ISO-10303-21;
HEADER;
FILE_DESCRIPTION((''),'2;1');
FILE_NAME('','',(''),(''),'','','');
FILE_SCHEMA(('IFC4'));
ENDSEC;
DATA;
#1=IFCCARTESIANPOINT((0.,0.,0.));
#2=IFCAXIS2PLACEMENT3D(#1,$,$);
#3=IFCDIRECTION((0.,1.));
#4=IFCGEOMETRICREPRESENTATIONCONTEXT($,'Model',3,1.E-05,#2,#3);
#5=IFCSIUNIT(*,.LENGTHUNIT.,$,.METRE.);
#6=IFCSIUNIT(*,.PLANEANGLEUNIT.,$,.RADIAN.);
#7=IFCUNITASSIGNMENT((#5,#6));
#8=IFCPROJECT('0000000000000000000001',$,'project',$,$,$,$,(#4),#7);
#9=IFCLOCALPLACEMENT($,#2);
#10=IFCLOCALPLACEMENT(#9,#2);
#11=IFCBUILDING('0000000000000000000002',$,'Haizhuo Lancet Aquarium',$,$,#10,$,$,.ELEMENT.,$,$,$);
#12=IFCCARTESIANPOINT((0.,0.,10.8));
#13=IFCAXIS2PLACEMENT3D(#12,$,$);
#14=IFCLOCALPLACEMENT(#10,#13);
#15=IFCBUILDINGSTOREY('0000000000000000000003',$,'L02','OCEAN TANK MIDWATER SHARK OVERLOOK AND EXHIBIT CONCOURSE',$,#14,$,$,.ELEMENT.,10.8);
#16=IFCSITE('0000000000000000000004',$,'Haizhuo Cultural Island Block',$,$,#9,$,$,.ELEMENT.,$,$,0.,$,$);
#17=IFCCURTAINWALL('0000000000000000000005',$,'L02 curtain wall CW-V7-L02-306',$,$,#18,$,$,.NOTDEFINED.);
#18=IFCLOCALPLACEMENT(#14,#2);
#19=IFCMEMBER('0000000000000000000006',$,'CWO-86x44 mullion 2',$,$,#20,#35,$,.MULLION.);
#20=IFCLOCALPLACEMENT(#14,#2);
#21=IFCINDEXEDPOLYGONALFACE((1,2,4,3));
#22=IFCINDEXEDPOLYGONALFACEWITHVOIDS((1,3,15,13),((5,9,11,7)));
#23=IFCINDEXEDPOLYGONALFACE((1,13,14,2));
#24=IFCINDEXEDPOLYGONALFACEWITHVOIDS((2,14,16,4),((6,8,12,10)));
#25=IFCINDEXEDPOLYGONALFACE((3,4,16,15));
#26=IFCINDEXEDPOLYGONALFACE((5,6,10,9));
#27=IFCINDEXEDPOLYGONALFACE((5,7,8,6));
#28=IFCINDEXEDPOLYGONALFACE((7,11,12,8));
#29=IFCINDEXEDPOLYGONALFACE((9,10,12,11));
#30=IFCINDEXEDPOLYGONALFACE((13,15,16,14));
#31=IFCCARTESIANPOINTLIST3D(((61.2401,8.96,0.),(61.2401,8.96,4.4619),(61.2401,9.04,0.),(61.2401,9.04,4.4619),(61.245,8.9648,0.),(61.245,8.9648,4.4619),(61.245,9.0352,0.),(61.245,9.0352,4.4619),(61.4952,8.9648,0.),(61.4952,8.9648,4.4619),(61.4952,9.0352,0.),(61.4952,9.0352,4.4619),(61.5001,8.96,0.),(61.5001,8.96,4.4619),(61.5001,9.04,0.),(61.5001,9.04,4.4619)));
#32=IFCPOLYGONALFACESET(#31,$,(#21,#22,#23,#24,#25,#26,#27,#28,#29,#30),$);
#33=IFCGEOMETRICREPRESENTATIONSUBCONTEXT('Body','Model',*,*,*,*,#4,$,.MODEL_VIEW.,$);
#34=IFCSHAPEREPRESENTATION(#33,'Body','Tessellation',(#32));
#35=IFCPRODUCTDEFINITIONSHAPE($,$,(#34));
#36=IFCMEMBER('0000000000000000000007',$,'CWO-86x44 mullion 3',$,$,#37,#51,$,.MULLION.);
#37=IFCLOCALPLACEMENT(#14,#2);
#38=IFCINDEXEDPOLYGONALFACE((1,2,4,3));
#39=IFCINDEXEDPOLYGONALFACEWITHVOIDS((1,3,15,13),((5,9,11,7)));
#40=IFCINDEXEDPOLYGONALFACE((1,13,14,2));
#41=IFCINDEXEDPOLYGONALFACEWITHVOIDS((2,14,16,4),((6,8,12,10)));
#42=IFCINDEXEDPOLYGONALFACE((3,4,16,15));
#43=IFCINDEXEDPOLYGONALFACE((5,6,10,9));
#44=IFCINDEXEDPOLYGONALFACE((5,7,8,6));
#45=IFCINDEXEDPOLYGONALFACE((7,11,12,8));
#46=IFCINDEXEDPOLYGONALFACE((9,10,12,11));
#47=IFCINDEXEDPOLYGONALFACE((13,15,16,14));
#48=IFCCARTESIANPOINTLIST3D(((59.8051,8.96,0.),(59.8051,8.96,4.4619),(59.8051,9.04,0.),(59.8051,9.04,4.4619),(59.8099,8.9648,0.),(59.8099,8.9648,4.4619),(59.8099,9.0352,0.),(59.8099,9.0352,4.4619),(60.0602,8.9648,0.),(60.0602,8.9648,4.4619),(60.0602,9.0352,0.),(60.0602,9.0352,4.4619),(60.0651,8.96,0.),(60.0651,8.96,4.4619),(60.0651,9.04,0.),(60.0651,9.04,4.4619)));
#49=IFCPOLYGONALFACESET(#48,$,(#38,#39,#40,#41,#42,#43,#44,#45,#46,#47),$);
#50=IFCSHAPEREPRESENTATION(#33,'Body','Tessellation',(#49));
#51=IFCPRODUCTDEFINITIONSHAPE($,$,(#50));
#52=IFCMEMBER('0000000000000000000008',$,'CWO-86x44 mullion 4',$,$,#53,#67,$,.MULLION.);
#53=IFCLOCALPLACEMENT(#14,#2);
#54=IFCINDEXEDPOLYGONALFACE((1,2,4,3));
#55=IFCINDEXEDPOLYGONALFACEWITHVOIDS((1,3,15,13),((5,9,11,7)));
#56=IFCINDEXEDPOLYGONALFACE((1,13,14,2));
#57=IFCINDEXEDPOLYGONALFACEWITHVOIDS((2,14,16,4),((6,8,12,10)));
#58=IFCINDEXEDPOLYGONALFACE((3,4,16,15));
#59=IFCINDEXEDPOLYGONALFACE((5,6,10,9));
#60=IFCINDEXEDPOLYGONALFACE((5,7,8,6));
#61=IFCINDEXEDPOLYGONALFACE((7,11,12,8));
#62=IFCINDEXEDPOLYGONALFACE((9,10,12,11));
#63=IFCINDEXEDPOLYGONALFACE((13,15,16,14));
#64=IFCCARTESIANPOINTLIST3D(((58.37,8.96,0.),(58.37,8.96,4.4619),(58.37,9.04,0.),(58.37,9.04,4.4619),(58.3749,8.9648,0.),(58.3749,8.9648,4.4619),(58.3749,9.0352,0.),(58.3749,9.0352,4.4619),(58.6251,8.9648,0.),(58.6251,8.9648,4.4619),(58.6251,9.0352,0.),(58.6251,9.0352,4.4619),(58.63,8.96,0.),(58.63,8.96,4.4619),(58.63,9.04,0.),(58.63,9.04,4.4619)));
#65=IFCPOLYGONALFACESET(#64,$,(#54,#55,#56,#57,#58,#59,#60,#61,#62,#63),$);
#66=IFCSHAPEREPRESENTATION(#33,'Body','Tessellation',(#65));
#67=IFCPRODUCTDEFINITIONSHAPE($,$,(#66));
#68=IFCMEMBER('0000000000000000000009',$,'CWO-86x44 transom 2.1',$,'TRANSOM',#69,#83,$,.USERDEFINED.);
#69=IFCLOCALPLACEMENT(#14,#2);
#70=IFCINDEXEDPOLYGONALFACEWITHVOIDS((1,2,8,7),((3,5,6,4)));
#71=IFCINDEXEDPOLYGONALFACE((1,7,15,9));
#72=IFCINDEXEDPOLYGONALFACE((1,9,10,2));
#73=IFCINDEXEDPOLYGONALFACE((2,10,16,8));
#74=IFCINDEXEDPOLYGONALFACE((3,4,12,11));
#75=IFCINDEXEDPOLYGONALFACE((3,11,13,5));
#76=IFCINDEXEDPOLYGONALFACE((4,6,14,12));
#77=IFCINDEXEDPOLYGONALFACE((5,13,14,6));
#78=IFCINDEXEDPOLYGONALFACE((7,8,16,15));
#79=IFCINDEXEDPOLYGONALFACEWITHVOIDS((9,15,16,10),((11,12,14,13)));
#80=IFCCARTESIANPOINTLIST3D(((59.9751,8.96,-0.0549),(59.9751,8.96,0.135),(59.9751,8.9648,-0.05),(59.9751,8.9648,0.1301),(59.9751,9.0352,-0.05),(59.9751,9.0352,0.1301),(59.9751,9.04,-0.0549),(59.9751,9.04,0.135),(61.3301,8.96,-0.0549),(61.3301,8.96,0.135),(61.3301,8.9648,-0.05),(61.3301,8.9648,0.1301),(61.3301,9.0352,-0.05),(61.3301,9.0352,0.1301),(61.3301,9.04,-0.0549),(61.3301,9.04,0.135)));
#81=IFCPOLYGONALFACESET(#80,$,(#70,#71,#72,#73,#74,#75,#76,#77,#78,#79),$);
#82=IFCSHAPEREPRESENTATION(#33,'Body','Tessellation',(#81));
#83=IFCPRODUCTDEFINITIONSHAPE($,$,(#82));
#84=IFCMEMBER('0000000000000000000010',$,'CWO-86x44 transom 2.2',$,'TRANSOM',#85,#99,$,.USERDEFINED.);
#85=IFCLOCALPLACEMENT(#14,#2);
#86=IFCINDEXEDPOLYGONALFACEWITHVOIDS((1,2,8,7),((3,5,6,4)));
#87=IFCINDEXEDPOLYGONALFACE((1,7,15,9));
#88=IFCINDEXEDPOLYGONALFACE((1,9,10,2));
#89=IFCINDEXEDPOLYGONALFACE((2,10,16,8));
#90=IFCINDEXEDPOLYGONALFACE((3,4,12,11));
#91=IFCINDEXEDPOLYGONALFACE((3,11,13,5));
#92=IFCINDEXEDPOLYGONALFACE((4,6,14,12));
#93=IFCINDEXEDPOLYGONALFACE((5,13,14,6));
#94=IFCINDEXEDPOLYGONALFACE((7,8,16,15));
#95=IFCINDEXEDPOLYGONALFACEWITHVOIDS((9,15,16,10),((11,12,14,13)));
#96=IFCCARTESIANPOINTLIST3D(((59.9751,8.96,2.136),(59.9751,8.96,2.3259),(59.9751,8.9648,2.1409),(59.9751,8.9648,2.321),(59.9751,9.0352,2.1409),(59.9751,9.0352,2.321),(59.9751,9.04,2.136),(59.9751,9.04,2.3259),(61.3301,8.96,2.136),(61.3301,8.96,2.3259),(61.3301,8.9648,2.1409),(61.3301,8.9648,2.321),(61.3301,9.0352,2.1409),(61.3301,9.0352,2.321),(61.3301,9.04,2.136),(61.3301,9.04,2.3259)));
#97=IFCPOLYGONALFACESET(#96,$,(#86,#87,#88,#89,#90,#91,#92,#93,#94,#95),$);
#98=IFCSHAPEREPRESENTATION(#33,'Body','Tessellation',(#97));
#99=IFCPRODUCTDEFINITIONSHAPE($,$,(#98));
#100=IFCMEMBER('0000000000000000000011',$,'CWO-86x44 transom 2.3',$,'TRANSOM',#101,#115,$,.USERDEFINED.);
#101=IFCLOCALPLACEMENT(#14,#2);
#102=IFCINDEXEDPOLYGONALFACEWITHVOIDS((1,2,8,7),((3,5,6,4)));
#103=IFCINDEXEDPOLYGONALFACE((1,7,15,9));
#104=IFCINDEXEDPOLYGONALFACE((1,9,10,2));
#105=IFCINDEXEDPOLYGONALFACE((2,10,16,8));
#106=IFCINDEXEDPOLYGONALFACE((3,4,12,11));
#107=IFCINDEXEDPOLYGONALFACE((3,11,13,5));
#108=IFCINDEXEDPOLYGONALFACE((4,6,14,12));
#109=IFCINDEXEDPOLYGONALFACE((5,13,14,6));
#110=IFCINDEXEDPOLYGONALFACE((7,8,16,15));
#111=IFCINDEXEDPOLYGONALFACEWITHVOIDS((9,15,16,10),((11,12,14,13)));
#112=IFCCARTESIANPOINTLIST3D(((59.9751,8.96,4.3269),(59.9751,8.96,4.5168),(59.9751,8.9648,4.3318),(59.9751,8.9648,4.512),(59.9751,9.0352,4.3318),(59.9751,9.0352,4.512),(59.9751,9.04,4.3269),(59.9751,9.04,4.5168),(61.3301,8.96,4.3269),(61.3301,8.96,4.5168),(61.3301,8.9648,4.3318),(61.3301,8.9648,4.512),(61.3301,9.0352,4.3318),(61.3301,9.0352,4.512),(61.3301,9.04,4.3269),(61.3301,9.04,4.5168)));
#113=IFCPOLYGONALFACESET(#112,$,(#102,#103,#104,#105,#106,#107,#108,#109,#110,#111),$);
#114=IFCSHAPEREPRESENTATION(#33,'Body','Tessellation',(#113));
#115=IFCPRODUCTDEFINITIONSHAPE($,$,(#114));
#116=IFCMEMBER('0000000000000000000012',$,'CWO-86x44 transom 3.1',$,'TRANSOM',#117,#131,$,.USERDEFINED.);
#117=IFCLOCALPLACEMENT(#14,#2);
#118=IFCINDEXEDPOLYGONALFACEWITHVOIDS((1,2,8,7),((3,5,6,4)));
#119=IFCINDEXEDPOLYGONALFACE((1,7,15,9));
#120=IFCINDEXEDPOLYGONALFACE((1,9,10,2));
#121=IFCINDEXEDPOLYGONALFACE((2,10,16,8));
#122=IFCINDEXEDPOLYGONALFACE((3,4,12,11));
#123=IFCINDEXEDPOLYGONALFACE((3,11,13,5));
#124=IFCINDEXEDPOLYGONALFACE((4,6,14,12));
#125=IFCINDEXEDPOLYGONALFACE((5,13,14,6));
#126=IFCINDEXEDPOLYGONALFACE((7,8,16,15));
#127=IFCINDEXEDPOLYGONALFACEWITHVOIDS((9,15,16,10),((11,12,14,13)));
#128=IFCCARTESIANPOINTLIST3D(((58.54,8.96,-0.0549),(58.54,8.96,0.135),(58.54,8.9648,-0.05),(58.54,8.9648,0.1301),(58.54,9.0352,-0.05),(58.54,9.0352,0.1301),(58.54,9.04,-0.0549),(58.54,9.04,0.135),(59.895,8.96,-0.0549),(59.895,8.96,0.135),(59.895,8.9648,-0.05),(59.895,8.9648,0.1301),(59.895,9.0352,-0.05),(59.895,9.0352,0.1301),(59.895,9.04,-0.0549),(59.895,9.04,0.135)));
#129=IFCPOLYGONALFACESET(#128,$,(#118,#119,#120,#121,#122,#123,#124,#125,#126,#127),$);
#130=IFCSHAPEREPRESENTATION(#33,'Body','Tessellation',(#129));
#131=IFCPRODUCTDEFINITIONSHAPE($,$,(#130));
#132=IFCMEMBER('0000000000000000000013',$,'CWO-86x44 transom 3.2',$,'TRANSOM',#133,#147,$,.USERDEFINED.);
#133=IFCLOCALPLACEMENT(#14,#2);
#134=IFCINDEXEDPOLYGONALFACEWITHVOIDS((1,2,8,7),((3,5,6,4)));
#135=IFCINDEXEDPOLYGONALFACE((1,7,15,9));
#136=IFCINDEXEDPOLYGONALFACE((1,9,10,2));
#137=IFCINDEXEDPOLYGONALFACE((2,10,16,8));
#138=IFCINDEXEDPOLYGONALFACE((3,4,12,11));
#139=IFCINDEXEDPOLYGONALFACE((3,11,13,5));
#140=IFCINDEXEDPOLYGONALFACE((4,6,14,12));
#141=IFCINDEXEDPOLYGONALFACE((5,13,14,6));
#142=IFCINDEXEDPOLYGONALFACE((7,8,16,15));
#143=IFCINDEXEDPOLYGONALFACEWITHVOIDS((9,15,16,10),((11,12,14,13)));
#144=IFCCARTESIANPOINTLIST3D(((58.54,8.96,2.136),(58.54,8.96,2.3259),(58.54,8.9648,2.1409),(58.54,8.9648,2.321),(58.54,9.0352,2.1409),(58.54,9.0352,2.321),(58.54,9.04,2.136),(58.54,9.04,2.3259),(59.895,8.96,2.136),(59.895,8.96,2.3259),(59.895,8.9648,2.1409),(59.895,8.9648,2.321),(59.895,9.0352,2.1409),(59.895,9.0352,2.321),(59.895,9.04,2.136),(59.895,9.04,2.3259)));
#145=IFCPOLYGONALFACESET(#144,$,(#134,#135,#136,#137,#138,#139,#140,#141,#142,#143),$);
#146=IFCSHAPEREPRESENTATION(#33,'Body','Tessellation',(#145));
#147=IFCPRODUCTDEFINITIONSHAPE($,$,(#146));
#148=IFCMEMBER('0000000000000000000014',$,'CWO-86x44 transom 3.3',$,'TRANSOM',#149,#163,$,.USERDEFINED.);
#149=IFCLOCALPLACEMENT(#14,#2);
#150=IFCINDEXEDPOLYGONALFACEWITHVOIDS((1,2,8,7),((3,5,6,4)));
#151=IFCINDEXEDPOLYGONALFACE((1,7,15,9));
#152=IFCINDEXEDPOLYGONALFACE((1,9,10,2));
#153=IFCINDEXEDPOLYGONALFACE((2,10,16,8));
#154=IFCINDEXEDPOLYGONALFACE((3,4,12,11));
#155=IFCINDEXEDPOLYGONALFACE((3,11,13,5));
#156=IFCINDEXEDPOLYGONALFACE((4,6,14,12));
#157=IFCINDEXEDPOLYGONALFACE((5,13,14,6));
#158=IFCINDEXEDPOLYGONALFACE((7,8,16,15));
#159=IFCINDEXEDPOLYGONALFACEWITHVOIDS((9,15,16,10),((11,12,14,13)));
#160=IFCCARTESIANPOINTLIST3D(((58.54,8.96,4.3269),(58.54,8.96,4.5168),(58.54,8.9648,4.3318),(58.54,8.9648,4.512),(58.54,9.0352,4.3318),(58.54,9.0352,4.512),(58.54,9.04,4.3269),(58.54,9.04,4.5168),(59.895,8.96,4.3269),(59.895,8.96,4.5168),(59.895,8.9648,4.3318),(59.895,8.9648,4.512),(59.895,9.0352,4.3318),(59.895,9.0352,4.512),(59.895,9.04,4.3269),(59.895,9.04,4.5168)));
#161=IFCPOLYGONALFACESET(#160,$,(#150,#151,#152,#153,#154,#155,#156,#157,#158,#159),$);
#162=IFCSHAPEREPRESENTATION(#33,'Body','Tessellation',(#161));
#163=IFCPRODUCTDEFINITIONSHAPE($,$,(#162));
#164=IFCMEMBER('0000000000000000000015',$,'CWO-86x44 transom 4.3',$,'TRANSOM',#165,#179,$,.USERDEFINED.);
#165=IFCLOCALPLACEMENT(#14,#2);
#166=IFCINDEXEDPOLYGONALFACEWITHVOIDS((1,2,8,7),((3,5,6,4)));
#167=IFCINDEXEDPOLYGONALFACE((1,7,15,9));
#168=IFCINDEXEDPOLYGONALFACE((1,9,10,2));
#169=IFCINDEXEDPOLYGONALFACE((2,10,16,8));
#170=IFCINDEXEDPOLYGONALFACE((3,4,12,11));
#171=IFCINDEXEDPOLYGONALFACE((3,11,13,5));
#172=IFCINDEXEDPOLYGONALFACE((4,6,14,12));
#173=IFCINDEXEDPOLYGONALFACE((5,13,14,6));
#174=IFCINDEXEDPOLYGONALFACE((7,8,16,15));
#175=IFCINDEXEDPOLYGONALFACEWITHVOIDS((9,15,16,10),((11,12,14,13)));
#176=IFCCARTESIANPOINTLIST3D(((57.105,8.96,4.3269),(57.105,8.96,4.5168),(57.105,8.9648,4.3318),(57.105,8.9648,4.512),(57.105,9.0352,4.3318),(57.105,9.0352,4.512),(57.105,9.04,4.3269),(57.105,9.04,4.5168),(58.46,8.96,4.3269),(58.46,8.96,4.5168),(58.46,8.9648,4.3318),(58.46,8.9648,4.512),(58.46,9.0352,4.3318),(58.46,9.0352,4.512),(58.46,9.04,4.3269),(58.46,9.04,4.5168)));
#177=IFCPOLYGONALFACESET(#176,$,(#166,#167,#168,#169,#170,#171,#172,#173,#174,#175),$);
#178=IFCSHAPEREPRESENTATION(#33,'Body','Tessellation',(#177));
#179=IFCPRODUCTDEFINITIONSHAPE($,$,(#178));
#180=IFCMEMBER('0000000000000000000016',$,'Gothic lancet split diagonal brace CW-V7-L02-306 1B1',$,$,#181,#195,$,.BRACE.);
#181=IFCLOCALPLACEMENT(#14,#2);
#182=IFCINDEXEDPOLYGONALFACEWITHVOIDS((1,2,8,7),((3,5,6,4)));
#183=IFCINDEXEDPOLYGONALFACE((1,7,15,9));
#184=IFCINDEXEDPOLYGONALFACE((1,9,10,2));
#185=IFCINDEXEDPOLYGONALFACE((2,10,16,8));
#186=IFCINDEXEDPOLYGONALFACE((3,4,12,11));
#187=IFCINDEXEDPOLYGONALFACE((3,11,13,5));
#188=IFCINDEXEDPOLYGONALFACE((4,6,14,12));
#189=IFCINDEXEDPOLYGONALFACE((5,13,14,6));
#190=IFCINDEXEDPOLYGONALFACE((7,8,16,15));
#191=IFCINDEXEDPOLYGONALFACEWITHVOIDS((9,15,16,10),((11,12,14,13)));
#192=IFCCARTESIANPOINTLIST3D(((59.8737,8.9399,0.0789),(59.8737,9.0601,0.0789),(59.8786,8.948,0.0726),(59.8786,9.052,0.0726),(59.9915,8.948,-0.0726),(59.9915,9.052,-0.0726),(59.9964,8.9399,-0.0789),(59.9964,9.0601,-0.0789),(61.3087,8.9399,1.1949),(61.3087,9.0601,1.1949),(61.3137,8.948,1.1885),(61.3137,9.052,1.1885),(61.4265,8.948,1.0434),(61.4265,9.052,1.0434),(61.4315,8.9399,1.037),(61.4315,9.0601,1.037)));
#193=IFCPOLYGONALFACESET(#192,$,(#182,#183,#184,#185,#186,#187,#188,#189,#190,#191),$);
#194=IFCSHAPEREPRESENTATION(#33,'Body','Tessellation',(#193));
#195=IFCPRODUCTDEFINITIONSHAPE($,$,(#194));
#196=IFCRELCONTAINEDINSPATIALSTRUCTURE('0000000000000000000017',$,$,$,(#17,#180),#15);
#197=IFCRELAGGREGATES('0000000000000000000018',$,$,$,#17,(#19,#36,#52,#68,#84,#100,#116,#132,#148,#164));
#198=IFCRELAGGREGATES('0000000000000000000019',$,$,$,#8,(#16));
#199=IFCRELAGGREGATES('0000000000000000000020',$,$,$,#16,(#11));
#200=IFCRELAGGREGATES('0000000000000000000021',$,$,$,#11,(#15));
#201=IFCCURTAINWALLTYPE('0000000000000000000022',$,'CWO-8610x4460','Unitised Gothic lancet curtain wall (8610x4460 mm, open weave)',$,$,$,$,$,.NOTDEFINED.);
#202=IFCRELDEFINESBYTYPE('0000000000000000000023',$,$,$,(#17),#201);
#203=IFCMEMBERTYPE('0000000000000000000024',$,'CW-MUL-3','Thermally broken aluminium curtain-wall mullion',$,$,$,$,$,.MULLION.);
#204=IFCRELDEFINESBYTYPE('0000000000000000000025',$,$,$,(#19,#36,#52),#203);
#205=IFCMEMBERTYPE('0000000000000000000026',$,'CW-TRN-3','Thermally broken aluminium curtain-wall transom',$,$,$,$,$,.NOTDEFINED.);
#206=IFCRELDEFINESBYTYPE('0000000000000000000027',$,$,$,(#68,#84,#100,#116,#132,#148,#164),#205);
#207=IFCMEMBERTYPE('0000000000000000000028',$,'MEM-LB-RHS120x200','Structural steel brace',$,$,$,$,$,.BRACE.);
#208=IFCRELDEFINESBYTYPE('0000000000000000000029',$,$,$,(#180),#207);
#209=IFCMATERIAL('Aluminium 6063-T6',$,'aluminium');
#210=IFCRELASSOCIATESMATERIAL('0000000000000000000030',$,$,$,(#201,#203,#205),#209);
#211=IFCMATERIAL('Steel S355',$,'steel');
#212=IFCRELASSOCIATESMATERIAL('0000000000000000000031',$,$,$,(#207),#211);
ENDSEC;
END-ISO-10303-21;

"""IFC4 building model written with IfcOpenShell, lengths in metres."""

from ifc_helpers import new_model, si_unit, direction, frame, origin, origin_2d, place, context, subcontext, project, spatial, hollow_rectangle, extrude, material, material_profile, profile_set, type_object, element, aggregate, save


model = new_model("IFC4")

# Units and contexts
model_context = context("Model", 3, precision=1e-05, world=origin(), true_north=direction((0.0, 1.0)))
body_context = subcontext(model_context, "Body", "Model", "MODEL_VIEW")
ifc_project = project(units=[si_unit("LENGTHUNIT", "METRE"), si_unit("PLANEANGLEUNIT", "RADIAN")], contexts=[model_context])

# Site, building, storey
site_placement = place(None, origin())
site = spatial("IfcSite", under=ifc_project, at=site_placement, Name="Haizhuo Cultural Island Block", CompositionType="ELEMENT", RefElevation=0.0)
building_placement = place(site_placement, origin())
building = spatial("IfcBuilding", under=site, at=building_placement, Name="Haizhuo Lancet Aquarium", CompositionType="ELEMENT")
storey_placement = place(building_placement, frame((0.0, 0.0, 10.8)))
storey = spatial("IfcBuildingStorey", under=building, at=storey_placement, Name="L02", Description="OCEAN TANK MIDWATER SHARK OVERLOOK AND EXHIBIT CONCOURSE", CompositionType="ELEMENT", Elevation=10.8)

# Curtain wall, members
ifc_material_1 = material(Name="Aluminium 6063-T6", Category="aluminium")
curtain_wall_type = type_object("IfcCurtainWallType", Name="CWO-8610x4460", Description="Unitised Gothic lancet curtain wall (8610x4460 mm, open weave)", PredefinedType="NOTDEFINED", material=ifc_material_1)
curtain_wall_placement = place(storey_placement, origin())
curtain_wall = element("IfcCurtainWall", 1, at=curtain_wall_placement, inside=storey, type_object=curtain_wall_type, Name="L02 curtain wall CW-V7-L02-306", PredefinedType="NOTDEFINED")
ifc_material_profile_1 = material_profile(ifc_material_1, hollow_rectangle(XDim=0.0801, YDim=0.26, WallThickness=0.0049, at=origin_2d()), Name="ALU-M 80x260x5")
ifc_profile_set_1 = profile_set([ifc_material_profile_1], Name="Aluminium 6063-T6")
member_type_1 = type_object("IfcMemberType", Name="CW-MUL-3", Description="Thermally broken aluminium curtain-wall mullion", PredefinedType="MULLION", material=ifc_profile_set_1)
member_1_placement = place(storey_placement, frame((61.3701, 9.0, 0.0), z_axis=(0.0, 0.0, 1.0), x_axis=(0.0, -1.0, 0.0)))
member_1 = element("IfcMember", 2, at=member_1_placement, type_object=member_type_1, Name="CWO-86x44 mullion 2", PredefinedType="MULLION", context=body_context, shape_type="SweptSolid", body=[
    extrude(hollow_rectangle(XDim=0.0801, YDim=0.26, WallThickness=0.0049, at=origin_2d()), origin(), (0.0, 0.0, 1.0), 4.4619),
])
member_2_placement = place(storey_placement, frame((59.9351, 9.0, 0.0), z_axis=(0.0, 0.0, 1.0), x_axis=(0.0, -1.0, 0.0)))
member_2 = element("IfcMember", 3, at=member_2_placement, type_object=member_type_1, Name="CWO-86x44 mullion 3", PredefinedType="MULLION", context=body_context, shape_type="SweptSolid", body=[
    extrude(hollow_rectangle(XDim=0.0801, YDim=0.26, WallThickness=0.0049, at=origin_2d()), origin(), (0.0, 0.0, 1.0), 4.4619),
])
member_3_placement = place(storey_placement, frame((58.5, 9.0, 0.0), z_axis=(0.0, 0.0, 1.0), x_axis=(0.0, -1.0, 0.0)))
member_3 = element("IfcMember", 4, at=member_3_placement, type_object=member_type_1, Name="CWO-86x44 mullion 4", PredefinedType="MULLION", context=body_context, shape_type="SweptSolid", body=[
    extrude(hollow_rectangle(XDim=0.0801, YDim=0.26, WallThickness=0.0049, at=origin_2d()), origin(), (0.0, 0.0, 1.0), 4.4619),
])
ifc_material_profile_2 = material_profile(ifc_material_1, hollow_rectangle(XDim=0.0801, YDim=0.1899, WallThickness=0.0049, at=origin_2d()), Name="ALU-T 80x190x5")
ifc_profile_set_2 = profile_set([ifc_material_profile_2], Name="Aluminium 6063-T6")
member_type_2 = type_object("IfcMemberType", Name="CW-TRN-3", Description="Thermally broken aluminium curtain-wall transom", PredefinedType="NOTDEFINED", material=ifc_profile_set_2)
member_4_placement = place(storey_placement, frame((61.3301, 9.0, 0.04), z_axis=(-1.0, 0.0, 0.0), x_axis=(0.0, -1.0, 0.0)))
member_4 = element("IfcMember", 5, at=member_4_placement, type_object=member_type_2, Name="CWO-86x44 transom 2.1", ObjectType="TRANSOM", PredefinedType="USERDEFINED", context=body_context, shape_type="SweptSolid", body=[
    extrude(hollow_rectangle(XDim=0.0801, YDim=0.1899, WallThickness=0.0049, at=origin_2d()), origin(), (0.0, 0.0, 1.0), 1.355),
])
member_5_placement = place(storey_placement, frame((61.3301, 9.0, 2.231), z_axis=(-1.0, 0.0, 0.0), x_axis=(0.0, -1.0, 0.0)))
member_5 = element("IfcMember", 6, at=member_5_placement, type_object=member_type_2, Name="CWO-86x44 transom 2.2", ObjectType="TRANSOM", PredefinedType="USERDEFINED", context=body_context, shape_type="SweptSolid", body=[
    extrude(hollow_rectangle(XDim=0.0801, YDim=0.1899, WallThickness=0.0049, at=origin_2d()), origin(), (0.0, 0.0, 1.0), 1.355),
])
member_6_placement = place(storey_placement, frame((61.3301, 9.0, 4.4219), z_axis=(-1.0, 0.0, 0.0), x_axis=(0.0, -1.0, 0.0)))
member_6 = element("IfcMember", 7, at=member_6_placement, type_object=member_type_2, Name="CWO-86x44 transom 2.3", ObjectType="TRANSOM", PredefinedType="USERDEFINED", context=body_context, shape_type="SweptSolid", body=[
    extrude(hollow_rectangle(XDim=0.0801, YDim=0.1899, WallThickness=0.0049, at=origin_2d()), origin(), (0.0, 0.0, 1.0), 1.355),
])
member_7_placement = place(storey_placement, frame((59.895, 9.0, 0.04), z_axis=(-1.0, 0.0, 0.0), x_axis=(0.0, -1.0, 0.0)))
member_7 = element("IfcMember", 8, at=member_7_placement, type_object=member_type_2, Name="CWO-86x44 transom 3.1", ObjectType="TRANSOM", PredefinedType="USERDEFINED", context=body_context, shape_type="SweptSolid", body=[
    extrude(hollow_rectangle(XDim=0.0801, YDim=0.1899, WallThickness=0.0049, at=origin_2d()), origin(), (0.0, 0.0, 1.0), 1.355),
])
member_8_placement = place(storey_placement, frame((59.895, 9.0, 2.231), z_axis=(-1.0, 0.0, 0.0), x_axis=(0.0, -1.0, 0.0)))
member_8 = element("IfcMember", 9, at=member_8_placement, type_object=member_type_2, Name="CWO-86x44 transom 3.2", ObjectType="TRANSOM", PredefinedType="USERDEFINED", context=body_context, shape_type="SweptSolid", body=[
    extrude(hollow_rectangle(XDim=0.0801, YDim=0.1899, WallThickness=0.0049, at=origin_2d()), origin(), (0.0, 0.0, 1.0), 1.355),
])
member_9_placement = place(storey_placement, frame((59.895, 9.0, 4.4219), z_axis=(-1.0, 0.0, 0.0), x_axis=(0.0, -1.0, 0.0)))
member_9 = element("IfcMember", 10, at=member_9_placement, type_object=member_type_2, Name="CWO-86x44 transom 3.3", ObjectType="TRANSOM", PredefinedType="USERDEFINED", context=body_context, shape_type="SweptSolid", body=[
    extrude(hollow_rectangle(XDim=0.0801, YDim=0.1899, WallThickness=0.0049, at=origin_2d()), origin(), (0.0, 0.0, 1.0), 1.355),
])
member_10_placement = place(storey_placement, frame((58.46, 9.0, 4.4219), z_axis=(-1.0, 0.0, 0.0), x_axis=(0.0, -1.0, 0.0)))
member_10 = element("IfcMember", 11, at=member_10_placement, type_object=member_type_2, Name="CWO-86x44 transom 4.3", ObjectType="TRANSOM", PredefinedType="USERDEFINED", context=body_context, shape_type="SweptSolid", body=[
    extrude(hollow_rectangle(XDim=0.0801, YDim=0.1899, WallThickness=0.0049, at=origin_2d()), origin(), (0.0, 0.0, 1.0), 1.355),
])

# Member
ifc_material_2 = material(Name="Steel S355", Category="steel")
ifc_material_profile_3 = material_profile(ifc_material_2, hollow_rectangle(XDim=0.1201, YDim=0.2, WallThickness=0.0081, at=origin_2d()), Name="RHS 120x200x8")
ifc_profile_set_3 = profile_set([ifc_material_profile_3], Name="Steel S355")
member_type_3 = type_object("IfcMemberType", Name="MEM-LB-RHS120x200", Description="Structural steel brace", PredefinedType="BRACE", material=ifc_profile_set_3)
member_11_placement = place(storey_placement, frame((59.9351, 9.0, 0.0), z_axis=(0.789403, 0.0, 0.613876), x_axis=(0.0, 1.0, 0.0)))
element("IfcMember", 12, at=member_11_placement, inside=storey, type_object=member_type_3, Name="Gothic lancet split diagonal brace CW-V7-L02-306 1B1", PredefinedType="BRACE", context=body_context, shape_type="SweptSolid", body=[
    extrude(hollow_rectangle(XDim=0.1201, YDim=0.2, WallThickness=0.0081, at=origin_2d()), origin(), (0.0, 0.0, 1.0), 1.8179),
])

aggregate(curtain_wall, [member_1, member_2, member_3, member_4, member_5, member_6, member_7, member_8, member_9, member_10])

save(model, "model.ifc")
